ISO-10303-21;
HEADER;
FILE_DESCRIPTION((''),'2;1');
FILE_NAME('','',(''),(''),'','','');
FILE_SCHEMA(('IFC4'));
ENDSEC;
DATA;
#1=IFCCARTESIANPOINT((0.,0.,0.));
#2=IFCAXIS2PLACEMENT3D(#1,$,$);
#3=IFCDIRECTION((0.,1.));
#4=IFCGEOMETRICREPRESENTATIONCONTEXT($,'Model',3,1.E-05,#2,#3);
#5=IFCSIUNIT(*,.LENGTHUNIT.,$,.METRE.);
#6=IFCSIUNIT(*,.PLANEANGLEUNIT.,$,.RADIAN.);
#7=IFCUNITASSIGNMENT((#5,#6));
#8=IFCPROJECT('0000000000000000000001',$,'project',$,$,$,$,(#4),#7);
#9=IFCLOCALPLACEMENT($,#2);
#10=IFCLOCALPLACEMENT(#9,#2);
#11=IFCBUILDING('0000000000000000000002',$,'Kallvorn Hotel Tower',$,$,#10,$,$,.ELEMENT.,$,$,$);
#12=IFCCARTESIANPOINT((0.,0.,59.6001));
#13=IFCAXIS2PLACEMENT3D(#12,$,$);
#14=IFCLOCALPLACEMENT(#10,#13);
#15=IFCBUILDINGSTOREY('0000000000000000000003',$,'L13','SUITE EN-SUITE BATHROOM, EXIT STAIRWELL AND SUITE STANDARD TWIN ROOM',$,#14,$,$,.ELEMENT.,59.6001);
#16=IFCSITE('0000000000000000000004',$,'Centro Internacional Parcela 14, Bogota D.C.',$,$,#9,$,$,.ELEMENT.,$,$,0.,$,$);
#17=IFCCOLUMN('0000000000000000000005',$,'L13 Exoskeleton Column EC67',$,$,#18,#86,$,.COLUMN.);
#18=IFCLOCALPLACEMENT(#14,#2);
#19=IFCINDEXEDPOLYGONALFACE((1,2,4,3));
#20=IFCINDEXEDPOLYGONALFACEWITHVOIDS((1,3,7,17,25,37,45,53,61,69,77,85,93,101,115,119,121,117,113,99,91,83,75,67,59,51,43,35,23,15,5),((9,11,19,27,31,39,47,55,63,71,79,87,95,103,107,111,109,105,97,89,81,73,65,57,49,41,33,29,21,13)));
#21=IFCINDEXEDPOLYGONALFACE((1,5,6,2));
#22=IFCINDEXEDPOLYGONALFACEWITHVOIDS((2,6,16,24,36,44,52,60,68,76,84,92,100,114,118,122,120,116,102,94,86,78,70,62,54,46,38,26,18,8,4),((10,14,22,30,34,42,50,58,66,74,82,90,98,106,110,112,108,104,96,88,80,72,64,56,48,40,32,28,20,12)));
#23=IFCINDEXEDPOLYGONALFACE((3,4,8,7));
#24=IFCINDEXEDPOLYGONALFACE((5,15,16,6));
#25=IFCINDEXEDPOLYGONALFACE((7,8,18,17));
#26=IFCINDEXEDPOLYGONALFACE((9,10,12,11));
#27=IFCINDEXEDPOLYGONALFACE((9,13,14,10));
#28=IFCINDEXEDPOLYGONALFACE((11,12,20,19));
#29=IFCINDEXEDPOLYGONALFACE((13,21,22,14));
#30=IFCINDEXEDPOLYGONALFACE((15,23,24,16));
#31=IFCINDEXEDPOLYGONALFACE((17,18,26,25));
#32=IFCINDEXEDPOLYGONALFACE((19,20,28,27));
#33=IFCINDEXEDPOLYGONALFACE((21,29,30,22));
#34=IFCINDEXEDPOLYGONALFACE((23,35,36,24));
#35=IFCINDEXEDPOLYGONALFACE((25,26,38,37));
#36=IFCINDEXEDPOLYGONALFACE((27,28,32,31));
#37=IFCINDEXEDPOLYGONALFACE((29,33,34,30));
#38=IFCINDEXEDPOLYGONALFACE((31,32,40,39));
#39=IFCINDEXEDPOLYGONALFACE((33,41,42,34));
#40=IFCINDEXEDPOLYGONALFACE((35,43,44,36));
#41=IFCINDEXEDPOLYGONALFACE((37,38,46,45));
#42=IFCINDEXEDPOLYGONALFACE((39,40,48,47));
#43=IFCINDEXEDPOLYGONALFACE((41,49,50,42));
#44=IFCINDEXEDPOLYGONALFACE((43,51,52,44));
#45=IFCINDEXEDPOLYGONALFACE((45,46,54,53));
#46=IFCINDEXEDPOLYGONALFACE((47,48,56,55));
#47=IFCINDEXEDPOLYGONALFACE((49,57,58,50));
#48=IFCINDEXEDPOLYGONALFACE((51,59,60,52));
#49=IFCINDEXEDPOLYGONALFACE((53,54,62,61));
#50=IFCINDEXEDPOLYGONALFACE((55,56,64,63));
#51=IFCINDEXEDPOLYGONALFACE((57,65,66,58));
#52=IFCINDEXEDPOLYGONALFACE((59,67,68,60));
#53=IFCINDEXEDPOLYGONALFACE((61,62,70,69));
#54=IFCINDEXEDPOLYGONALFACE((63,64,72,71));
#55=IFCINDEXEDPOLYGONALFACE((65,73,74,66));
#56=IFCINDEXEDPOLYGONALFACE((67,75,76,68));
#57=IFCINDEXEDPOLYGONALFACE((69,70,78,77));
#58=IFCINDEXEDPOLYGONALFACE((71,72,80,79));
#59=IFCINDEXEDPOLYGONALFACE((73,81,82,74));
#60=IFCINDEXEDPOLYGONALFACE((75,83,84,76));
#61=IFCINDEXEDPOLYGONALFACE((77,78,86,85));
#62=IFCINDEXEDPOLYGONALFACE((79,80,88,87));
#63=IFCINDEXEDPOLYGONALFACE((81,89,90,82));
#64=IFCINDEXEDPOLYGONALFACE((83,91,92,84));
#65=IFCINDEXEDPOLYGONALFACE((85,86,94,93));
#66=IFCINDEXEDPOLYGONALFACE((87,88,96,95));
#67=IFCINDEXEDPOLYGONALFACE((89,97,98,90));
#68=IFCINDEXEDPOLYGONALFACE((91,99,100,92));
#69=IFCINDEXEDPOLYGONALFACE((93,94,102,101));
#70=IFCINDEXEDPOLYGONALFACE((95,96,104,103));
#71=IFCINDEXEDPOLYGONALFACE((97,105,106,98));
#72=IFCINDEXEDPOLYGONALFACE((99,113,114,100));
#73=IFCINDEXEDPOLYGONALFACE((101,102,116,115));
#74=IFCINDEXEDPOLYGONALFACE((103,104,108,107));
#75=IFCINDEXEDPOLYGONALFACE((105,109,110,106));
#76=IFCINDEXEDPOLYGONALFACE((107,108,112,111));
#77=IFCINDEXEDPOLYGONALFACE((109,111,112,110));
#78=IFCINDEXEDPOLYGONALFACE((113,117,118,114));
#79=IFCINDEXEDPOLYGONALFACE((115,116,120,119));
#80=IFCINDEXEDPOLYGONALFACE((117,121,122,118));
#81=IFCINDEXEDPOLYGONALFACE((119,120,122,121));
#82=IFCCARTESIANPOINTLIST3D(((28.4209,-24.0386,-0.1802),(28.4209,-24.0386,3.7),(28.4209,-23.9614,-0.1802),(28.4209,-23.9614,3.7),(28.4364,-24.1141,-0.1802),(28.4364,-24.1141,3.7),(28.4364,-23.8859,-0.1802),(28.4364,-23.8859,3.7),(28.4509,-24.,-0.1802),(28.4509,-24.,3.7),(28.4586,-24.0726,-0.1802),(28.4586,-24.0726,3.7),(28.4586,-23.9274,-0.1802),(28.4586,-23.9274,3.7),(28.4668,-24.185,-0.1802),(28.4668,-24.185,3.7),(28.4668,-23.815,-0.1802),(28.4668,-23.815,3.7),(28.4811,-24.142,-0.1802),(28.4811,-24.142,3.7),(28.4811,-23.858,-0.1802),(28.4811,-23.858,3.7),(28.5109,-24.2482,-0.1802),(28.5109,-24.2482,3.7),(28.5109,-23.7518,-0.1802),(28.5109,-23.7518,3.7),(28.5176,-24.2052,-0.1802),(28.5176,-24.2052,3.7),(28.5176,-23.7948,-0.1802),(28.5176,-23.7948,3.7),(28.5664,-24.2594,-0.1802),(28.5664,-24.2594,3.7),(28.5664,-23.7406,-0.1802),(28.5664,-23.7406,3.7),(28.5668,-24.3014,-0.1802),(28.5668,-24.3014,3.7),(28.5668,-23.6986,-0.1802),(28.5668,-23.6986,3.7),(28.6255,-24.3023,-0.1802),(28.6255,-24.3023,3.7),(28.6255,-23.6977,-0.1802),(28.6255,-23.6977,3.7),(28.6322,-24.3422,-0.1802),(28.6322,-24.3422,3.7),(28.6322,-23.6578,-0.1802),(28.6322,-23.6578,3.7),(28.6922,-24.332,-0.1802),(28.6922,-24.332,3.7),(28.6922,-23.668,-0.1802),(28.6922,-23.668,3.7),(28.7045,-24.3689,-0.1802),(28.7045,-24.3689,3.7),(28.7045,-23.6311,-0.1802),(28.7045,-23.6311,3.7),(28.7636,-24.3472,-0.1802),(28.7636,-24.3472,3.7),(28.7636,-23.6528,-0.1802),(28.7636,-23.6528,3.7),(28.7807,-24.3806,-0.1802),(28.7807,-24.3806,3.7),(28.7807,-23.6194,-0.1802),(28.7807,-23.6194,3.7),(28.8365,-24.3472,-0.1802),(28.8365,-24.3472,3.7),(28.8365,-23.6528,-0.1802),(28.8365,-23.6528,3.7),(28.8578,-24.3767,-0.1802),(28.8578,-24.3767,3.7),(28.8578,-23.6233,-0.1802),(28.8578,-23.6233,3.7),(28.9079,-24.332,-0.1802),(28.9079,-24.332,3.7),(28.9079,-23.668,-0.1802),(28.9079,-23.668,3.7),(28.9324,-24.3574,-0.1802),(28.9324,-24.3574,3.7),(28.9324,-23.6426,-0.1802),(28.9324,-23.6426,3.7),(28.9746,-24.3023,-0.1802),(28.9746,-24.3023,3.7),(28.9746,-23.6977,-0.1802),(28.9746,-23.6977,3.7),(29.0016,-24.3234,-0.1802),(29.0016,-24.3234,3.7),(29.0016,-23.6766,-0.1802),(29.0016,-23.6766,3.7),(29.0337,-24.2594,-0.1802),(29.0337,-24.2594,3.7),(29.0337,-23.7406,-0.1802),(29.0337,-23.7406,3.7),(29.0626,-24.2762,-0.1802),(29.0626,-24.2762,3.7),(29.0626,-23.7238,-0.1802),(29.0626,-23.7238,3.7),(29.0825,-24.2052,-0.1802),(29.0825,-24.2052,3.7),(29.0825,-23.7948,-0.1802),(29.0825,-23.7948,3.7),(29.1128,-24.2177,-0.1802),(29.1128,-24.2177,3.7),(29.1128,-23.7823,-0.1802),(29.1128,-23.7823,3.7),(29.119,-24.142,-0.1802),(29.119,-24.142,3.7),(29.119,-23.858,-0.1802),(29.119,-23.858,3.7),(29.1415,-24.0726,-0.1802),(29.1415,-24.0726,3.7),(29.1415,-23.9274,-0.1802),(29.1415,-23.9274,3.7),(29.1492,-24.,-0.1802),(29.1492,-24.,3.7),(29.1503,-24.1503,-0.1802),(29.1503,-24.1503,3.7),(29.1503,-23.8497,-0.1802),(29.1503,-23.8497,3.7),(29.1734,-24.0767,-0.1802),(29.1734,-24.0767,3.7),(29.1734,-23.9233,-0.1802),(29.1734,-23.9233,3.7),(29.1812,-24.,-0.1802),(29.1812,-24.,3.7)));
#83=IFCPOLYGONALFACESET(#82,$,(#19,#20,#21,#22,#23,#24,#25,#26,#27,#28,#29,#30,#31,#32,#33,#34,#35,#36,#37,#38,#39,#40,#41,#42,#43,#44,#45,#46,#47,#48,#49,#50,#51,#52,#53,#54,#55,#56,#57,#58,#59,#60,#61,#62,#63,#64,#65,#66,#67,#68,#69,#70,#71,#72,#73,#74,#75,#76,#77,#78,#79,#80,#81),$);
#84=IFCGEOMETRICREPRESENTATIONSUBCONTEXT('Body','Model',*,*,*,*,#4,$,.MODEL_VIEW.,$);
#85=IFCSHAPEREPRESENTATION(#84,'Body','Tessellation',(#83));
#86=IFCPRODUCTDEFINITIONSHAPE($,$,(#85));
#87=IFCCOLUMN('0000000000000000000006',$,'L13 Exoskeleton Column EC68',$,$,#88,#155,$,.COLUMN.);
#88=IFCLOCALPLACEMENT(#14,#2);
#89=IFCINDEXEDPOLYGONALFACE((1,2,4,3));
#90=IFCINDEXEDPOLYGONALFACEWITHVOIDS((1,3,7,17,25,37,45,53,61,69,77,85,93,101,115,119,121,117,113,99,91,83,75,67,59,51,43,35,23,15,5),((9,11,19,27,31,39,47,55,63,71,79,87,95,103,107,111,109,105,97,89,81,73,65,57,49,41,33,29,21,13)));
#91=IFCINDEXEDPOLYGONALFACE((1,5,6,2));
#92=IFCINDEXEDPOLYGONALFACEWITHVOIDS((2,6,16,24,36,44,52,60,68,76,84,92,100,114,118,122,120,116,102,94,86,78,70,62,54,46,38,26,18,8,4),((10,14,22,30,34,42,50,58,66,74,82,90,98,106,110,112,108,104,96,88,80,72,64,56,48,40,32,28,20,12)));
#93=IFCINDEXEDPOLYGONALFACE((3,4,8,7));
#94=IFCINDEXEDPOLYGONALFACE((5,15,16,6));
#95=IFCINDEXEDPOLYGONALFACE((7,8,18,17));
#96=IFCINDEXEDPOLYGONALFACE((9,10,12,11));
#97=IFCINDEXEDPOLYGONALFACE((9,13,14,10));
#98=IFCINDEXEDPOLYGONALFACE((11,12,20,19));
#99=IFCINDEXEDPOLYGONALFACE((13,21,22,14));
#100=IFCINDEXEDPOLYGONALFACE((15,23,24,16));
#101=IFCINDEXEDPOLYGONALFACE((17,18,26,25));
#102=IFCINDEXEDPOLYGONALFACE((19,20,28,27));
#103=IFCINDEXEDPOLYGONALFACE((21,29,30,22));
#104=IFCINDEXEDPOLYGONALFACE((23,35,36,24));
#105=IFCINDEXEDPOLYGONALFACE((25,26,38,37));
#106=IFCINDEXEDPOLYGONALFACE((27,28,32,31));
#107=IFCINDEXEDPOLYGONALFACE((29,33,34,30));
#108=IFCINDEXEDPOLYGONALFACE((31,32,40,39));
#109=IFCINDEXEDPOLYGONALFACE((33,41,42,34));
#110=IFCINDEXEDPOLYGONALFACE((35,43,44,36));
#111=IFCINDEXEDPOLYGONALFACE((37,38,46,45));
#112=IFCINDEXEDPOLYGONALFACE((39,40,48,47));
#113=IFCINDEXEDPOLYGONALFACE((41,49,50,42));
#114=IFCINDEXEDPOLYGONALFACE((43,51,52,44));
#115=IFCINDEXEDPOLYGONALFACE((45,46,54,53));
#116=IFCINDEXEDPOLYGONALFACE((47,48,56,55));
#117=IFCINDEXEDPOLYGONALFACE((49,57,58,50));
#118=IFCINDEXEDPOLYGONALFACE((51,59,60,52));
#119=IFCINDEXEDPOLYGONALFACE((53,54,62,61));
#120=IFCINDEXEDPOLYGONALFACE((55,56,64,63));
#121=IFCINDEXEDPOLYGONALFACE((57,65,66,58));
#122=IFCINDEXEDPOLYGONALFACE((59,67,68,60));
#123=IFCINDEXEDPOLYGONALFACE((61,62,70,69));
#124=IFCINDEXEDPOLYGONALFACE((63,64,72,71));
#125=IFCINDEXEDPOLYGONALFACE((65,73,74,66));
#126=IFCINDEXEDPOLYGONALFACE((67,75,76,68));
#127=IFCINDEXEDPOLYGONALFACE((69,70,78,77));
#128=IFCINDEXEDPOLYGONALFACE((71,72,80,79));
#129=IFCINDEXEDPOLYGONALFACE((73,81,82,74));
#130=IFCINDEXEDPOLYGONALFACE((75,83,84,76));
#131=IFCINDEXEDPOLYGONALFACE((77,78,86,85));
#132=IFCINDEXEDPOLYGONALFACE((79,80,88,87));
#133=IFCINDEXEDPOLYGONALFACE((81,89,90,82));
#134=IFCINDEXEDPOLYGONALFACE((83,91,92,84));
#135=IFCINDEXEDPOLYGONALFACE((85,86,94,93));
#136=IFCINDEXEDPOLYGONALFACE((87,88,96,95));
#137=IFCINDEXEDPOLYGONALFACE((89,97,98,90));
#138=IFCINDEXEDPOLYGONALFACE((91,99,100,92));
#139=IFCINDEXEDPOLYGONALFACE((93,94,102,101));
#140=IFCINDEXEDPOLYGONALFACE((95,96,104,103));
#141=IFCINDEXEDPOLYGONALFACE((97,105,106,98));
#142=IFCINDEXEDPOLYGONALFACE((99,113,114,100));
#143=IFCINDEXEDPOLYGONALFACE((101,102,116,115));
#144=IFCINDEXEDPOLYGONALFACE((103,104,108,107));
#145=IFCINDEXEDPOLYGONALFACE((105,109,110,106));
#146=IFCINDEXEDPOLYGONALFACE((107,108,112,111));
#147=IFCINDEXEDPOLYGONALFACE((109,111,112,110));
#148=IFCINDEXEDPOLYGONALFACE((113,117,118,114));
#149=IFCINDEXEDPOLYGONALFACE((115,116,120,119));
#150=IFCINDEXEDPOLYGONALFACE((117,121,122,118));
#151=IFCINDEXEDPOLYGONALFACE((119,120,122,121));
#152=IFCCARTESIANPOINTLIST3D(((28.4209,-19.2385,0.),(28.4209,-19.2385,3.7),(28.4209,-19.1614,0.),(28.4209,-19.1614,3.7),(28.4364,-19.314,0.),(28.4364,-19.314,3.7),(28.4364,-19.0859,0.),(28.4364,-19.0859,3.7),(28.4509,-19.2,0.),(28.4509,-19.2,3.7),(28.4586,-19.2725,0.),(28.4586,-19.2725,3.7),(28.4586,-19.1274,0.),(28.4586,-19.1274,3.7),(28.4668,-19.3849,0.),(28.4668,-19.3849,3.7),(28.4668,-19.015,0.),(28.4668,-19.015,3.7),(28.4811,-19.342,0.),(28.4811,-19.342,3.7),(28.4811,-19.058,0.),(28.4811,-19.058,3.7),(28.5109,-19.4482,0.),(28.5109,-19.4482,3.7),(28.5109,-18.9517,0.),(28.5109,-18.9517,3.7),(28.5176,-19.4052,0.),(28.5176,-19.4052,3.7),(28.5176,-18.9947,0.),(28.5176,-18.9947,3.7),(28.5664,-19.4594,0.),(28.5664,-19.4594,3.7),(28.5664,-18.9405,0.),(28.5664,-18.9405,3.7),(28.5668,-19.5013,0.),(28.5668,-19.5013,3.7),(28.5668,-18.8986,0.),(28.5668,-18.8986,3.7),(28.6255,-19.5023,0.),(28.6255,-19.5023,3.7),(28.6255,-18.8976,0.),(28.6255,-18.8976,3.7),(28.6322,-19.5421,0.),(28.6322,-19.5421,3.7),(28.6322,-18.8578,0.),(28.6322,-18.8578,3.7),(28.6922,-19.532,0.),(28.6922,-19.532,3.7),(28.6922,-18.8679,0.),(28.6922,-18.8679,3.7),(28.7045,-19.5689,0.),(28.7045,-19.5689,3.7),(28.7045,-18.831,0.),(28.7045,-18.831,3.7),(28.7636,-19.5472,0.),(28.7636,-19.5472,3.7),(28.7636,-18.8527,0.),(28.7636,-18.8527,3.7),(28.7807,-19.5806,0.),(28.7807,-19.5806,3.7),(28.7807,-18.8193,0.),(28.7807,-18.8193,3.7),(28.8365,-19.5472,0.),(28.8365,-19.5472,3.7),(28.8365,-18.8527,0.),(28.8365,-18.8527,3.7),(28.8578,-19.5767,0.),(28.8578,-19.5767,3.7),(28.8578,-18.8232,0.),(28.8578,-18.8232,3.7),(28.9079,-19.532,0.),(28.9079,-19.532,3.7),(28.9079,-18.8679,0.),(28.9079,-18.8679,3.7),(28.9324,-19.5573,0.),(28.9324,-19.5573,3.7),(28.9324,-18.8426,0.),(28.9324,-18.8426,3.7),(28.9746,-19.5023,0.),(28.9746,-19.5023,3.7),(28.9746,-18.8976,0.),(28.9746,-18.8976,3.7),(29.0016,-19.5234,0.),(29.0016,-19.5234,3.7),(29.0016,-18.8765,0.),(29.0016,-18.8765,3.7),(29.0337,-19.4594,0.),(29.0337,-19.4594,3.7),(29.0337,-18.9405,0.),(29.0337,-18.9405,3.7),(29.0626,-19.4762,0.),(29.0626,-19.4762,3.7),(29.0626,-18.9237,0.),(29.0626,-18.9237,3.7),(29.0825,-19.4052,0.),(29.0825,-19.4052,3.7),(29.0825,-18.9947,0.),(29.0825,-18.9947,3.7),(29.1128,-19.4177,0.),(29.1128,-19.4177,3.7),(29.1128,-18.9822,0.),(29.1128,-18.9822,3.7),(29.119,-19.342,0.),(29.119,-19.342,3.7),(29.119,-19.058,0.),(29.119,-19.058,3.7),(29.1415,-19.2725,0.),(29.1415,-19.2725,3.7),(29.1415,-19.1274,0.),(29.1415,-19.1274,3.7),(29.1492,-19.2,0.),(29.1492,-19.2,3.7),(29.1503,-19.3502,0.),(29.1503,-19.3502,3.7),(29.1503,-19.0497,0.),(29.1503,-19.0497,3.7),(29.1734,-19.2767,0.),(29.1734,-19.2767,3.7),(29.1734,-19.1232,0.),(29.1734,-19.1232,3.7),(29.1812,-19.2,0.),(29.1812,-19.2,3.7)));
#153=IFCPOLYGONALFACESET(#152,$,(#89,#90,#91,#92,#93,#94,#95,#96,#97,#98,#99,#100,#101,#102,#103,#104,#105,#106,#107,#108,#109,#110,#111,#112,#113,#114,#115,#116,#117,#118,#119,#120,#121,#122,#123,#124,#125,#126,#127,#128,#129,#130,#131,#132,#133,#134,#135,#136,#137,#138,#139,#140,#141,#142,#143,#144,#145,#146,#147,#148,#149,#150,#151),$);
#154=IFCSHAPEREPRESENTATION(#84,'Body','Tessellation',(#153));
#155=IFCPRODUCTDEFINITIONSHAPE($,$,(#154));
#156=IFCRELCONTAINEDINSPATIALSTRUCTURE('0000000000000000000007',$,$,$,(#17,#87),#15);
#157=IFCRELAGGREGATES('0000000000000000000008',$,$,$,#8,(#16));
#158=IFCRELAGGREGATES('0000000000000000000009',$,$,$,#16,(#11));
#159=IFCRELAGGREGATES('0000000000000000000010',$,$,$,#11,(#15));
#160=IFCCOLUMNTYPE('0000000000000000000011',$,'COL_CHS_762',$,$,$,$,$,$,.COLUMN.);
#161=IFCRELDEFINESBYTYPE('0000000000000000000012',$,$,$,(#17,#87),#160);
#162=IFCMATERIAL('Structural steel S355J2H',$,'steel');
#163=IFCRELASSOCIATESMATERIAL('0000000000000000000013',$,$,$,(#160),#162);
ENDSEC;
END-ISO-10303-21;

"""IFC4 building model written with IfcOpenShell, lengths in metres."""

from ifc_helpers import new_model, si_unit, direction, frame, origin, origin_2d, place, context, subcontext, project, spatial, hollow_circle, extrude, material, material_profile, profile_set, type_object, element, save


model = new_model("IFC4")

# Units and contexts
model_context = context("Model", 3, precision=1e-05, world=origin(), true_north=direction((0.0, 1.0)))
body_context = subcontext(model_context, "Body", "Model", "MODEL_VIEW")
ifc_project = project(units=[si_unit("LENGTHUNIT", "METRE"), si_unit("PLANEANGLEUNIT", "RADIAN")], contexts=[model_context])

# Site, building, storey
site_placement = place(None, origin())
site = spatial("IfcSite", under=ifc_project, at=site_placement, Name="Centro Internacional Parcela 14, Bogota D.C.", CompositionType="ELEMENT", RefElevation=0.0)
building_placement = place(site_placement, origin())
building = spatial("IfcBuilding", under=site, at=building_placement, Name="Kallvorn Hotel Tower", CompositionType="ELEMENT")
storey_placement = place(building_placement, frame((0.0, 0.0, 59.6001)))
storey = spatial("IfcBuildingStorey", under=building, at=storey_placement, Name="L13", Description="SUITE EN-SUITE BATHROOM, EXIT STAIRWELL AND SUITE STANDARD TWIN ROOM", CompositionType="ELEMENT", Elevation=59.6001)

# Columns
ifc_material_1 = material(Name="Structural steel S355J2H", Category="steel")
ifc_material_profile_1 = material_profile(ifc_material_1, hollow_circle(Radius=0.3811, WallThickness=0.032, at=origin_2d()), Name="CHS 762x32")
ifc_profile_set_1 = profile_set([ifc_material_profile_1], Name="Structural steel S355J2H")
column_type_1 = type_object("IfcColumnType", Name="COL_CHS_762", PredefinedType="COLUMN", material=ifc_profile_set_1)
column_1_placement = place(storey_placement, frame((28.8, -24.0, -0.1802), z_axis=(0.0, 0.0, 1.0), x_axis=(1.0, 0.0, 0.0)))
element("IfcColumn", 1, at=column_1_placement, inside=storey, type_object=column_type_1, Name="L13 Exoskeleton Column EC67", PredefinedType="COLUMN", context=body_context, shape_type="SweptSolid", body=[
    extrude(hollow_circle(Radius=0.3811, WallThickness=0.032, at=origin_2d()), origin(), (0.0, 0.0, 1.0), 3.8801),
])
column_2_placement = place(storey_placement, frame((28.8, -19.2, 0.0), z_axis=(0.0, 0.0, 1.0), x_axis=(1.0, 0.0, 0.0)))
element("IfcColumn", 2, at=column_2_placement, inside=storey, type_object=column_type_1, Name="L13 Exoskeleton Column EC68", PredefinedType="COLUMN", context=body_context, shape_type="SweptSolid", body=[
    extrude(hollow_circle(Radius=0.3811, WallThickness=0.032, at=origin_2d()), origin(), (0.0, 0.0, 1.0), 3.7),
])

save(model, "model.ifc")
